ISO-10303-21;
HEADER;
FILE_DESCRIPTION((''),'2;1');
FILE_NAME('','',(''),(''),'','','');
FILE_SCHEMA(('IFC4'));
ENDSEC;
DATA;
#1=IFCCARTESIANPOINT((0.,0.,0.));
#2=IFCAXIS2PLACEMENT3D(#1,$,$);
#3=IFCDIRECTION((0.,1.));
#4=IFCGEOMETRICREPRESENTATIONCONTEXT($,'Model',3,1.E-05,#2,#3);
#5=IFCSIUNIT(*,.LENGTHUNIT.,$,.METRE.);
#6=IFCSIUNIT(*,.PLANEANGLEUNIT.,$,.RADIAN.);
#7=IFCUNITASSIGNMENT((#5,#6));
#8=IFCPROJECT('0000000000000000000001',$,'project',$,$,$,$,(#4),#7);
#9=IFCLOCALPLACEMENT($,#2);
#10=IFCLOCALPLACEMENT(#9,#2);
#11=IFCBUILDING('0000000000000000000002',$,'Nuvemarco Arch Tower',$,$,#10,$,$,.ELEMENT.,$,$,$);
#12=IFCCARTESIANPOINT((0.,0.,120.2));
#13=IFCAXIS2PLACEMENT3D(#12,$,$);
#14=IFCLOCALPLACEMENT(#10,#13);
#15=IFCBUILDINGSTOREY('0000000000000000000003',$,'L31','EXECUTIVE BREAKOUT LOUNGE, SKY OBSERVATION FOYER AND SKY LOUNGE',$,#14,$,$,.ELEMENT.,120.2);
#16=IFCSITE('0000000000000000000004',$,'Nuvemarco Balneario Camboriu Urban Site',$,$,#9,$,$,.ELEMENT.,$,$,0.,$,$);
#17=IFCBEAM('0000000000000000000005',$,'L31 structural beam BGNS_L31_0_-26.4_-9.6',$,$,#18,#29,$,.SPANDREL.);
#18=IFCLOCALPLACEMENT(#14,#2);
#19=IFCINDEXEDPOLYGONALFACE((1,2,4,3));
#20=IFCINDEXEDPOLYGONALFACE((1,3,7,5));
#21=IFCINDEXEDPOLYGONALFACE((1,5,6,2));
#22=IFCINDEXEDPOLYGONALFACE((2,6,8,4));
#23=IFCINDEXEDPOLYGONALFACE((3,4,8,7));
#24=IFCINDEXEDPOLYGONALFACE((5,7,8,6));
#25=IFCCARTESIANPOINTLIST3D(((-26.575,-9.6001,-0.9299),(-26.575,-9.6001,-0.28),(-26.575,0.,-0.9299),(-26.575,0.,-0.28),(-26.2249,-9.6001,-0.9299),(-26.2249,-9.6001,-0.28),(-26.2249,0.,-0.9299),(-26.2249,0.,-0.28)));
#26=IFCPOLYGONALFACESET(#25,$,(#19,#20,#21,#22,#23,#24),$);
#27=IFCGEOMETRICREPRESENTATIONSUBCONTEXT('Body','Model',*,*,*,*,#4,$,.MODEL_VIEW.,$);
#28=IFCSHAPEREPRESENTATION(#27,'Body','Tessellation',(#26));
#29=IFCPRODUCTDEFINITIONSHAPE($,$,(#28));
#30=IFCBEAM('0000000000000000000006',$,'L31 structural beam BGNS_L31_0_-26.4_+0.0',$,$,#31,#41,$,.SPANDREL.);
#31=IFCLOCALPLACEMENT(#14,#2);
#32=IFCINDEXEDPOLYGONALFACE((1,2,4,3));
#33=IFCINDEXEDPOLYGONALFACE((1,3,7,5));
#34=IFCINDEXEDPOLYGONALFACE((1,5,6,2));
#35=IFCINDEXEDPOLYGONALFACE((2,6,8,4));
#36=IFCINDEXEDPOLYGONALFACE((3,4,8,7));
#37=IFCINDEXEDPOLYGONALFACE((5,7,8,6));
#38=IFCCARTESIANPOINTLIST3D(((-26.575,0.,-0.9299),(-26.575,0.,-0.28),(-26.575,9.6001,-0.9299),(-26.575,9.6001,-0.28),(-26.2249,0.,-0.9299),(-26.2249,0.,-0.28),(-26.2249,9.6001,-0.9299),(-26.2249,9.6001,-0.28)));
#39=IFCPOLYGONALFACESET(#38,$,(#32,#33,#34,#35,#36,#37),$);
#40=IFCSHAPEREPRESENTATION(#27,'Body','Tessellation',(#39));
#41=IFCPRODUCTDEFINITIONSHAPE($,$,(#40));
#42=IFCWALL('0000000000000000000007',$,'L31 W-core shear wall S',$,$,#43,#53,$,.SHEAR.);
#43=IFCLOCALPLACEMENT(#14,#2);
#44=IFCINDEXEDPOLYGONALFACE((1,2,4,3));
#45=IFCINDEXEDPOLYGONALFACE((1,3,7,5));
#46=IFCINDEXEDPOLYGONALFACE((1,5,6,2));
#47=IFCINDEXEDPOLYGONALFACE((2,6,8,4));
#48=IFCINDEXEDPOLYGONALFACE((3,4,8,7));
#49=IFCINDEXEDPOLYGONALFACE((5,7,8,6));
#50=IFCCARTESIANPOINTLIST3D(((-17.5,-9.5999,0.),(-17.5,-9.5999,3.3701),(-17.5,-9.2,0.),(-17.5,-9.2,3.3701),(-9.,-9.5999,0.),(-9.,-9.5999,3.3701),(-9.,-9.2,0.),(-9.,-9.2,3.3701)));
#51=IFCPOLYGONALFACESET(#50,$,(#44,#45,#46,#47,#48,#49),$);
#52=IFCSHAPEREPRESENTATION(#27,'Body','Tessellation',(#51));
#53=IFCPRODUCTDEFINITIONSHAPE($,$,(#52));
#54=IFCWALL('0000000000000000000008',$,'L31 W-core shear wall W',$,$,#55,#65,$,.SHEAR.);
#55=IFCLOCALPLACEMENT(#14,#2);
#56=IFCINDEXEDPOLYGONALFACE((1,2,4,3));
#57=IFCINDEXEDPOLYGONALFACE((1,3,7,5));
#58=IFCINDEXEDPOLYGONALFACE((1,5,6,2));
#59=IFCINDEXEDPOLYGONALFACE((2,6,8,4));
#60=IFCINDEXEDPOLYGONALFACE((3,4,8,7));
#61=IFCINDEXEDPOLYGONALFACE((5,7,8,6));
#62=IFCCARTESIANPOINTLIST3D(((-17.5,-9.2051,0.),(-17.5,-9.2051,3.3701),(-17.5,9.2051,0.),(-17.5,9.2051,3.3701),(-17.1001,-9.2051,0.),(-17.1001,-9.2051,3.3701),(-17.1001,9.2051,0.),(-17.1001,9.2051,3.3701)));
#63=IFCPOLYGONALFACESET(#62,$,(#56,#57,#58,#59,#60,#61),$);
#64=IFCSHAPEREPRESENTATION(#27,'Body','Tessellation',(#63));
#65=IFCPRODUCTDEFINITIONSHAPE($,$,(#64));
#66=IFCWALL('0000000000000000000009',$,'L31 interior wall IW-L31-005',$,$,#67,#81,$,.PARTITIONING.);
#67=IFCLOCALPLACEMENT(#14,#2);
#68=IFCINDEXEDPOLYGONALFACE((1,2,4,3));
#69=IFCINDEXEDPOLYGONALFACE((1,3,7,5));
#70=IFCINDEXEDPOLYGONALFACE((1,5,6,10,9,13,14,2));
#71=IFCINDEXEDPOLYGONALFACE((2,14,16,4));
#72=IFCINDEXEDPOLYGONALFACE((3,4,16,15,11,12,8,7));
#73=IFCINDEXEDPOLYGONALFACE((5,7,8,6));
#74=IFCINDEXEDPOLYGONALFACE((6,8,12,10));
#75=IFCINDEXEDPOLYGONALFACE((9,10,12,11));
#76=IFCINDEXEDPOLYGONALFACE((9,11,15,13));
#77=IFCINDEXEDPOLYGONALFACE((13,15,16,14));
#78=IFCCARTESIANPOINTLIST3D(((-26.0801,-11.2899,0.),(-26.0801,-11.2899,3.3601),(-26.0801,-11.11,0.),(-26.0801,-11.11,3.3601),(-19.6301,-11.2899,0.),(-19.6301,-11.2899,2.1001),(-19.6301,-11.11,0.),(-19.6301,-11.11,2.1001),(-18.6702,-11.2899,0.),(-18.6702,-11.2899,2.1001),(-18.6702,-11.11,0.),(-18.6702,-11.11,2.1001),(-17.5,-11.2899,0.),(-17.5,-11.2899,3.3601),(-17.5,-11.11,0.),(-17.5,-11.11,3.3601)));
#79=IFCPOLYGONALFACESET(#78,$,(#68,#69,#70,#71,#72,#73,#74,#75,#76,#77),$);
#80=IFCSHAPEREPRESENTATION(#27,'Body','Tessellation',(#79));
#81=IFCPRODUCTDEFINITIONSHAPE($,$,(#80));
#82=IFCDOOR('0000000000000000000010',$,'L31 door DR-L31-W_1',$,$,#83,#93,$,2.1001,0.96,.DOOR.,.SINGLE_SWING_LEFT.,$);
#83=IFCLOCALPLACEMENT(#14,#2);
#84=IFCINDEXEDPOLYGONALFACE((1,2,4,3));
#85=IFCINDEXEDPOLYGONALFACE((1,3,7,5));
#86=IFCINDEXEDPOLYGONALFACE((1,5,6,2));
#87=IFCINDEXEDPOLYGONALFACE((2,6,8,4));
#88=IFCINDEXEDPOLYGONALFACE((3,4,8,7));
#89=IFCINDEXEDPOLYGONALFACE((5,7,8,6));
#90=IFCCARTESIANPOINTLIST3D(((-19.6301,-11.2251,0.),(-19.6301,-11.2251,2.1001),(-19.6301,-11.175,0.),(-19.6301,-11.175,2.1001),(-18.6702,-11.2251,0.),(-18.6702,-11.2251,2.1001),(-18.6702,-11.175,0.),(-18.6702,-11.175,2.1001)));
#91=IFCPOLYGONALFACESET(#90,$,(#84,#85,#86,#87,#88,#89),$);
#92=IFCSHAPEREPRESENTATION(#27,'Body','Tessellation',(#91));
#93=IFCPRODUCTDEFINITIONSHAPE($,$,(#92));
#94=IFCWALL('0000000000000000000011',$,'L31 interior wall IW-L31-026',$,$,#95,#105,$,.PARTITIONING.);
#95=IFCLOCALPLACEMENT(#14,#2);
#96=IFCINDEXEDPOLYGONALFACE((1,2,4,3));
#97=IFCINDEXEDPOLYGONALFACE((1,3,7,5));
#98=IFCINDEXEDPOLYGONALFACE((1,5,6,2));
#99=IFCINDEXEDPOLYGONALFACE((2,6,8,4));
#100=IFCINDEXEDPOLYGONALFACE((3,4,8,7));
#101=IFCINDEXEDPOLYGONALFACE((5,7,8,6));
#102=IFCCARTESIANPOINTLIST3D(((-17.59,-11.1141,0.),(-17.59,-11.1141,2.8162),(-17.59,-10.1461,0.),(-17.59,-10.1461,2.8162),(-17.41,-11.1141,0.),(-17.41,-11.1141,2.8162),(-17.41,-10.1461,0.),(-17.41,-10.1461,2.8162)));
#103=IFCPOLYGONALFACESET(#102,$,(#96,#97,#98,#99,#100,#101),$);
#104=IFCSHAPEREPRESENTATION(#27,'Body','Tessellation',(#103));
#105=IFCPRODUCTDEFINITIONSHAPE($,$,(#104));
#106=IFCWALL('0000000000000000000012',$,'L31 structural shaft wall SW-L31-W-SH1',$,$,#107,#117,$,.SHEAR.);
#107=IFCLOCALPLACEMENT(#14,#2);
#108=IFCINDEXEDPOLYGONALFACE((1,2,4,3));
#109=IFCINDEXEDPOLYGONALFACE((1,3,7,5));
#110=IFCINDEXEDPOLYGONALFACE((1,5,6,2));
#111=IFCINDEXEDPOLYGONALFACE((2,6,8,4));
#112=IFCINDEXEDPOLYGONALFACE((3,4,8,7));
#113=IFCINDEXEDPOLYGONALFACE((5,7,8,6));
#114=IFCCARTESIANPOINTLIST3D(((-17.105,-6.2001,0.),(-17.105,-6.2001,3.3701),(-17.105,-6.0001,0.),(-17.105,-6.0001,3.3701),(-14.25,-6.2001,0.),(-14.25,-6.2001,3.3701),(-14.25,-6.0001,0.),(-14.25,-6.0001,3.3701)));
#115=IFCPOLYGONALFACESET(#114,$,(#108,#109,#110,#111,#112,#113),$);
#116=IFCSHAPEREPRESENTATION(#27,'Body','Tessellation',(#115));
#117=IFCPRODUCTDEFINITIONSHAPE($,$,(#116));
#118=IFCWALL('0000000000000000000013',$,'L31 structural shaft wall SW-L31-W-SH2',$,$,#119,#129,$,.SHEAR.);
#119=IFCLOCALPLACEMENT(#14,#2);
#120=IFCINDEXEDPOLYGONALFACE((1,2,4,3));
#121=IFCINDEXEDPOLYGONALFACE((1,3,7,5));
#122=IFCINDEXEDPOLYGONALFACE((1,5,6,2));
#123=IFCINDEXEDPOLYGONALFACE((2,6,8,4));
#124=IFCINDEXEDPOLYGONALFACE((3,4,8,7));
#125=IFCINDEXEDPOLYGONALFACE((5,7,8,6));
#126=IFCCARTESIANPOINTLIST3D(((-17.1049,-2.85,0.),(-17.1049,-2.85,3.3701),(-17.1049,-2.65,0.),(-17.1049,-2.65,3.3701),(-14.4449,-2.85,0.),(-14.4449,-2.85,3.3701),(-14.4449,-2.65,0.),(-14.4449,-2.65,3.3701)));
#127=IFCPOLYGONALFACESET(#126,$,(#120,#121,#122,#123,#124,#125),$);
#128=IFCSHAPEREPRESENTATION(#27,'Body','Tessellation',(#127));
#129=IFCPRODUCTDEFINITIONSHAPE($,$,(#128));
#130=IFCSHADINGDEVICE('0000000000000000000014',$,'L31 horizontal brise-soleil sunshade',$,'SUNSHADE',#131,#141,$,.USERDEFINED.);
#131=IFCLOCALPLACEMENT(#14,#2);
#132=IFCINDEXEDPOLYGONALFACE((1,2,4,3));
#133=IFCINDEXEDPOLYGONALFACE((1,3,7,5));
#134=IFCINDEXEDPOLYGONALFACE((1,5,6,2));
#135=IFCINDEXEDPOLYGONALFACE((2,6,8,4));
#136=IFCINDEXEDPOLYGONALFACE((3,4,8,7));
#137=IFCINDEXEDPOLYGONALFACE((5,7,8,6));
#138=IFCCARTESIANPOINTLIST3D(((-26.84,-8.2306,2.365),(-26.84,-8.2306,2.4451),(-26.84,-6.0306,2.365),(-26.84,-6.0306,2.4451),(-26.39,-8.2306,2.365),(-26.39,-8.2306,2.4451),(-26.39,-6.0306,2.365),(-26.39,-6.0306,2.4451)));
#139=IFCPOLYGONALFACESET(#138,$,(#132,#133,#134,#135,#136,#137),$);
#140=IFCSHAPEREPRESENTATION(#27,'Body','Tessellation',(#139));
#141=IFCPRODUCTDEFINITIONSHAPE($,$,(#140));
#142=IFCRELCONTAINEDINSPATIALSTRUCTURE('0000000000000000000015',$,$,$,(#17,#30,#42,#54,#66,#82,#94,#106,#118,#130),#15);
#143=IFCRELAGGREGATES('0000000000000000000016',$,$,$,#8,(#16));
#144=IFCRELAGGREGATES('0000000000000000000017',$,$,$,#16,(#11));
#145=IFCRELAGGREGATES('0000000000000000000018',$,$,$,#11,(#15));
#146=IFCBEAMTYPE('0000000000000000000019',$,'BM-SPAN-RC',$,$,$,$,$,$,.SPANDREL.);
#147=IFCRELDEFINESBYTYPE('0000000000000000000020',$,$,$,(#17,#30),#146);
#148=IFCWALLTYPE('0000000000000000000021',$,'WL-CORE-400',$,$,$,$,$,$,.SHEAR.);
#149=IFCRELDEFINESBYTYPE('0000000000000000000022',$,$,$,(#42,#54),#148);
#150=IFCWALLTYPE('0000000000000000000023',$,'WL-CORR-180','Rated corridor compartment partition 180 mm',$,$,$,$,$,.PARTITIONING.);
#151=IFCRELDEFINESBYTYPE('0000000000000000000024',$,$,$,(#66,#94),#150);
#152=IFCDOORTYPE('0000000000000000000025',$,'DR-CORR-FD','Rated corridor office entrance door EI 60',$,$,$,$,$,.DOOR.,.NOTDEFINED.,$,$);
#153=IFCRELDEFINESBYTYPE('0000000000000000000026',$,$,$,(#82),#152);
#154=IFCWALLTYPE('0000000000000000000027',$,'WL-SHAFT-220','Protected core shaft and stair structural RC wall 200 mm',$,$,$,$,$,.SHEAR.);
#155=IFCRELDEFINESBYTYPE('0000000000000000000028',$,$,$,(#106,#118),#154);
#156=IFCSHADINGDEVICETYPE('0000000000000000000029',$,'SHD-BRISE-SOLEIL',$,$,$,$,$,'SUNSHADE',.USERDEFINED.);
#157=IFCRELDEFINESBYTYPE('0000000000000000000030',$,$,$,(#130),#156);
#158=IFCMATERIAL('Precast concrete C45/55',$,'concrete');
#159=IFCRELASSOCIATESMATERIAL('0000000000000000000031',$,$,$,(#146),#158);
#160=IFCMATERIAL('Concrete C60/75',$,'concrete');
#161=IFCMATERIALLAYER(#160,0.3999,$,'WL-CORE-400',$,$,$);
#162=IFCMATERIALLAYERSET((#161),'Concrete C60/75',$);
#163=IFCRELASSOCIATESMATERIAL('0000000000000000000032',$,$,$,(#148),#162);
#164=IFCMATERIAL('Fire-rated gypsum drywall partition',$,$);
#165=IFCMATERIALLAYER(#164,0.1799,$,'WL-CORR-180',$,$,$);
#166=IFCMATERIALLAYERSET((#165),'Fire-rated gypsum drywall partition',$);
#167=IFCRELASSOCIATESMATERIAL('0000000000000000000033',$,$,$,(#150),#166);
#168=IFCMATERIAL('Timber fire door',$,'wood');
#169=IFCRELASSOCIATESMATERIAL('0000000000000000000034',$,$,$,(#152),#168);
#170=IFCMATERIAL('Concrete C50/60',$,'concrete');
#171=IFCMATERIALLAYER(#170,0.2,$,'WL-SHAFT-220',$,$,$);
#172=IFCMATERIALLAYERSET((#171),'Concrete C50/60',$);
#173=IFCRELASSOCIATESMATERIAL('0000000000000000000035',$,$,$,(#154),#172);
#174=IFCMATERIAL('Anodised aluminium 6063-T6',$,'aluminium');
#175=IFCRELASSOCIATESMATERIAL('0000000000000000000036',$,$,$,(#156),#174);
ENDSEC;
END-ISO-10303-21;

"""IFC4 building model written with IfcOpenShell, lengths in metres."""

from ifc_helpers import new_model, si_unit, direction, frame, frame_2d, origin, origin_2d, place, context, subcontext, project, spatial, rectangle, extrude, source, transform, mapped, material, layer, layer_set, material_profile, profile_set, type_object, type_shapes, element, fill, save


model = new_model("IFC4")

# Units and contexts
model_context = context("Model", 3, precision=1e-05, world=origin(), true_north=direction((0.0, 1.0)))
body_context = subcontext(model_context, "Body", "Model", "MODEL_VIEW")
ifc_project = project(units=[si_unit("LENGTHUNIT", "METRE"), si_unit("PLANEANGLEUNIT", "RADIAN")], contexts=[model_context])

# Site, building, storey
site_placement = place(None, origin())
site = spatial("IfcSite", under=ifc_project, at=site_placement, Name="Nuvemarco Balneario Camboriu Urban Site", CompositionType="ELEMENT", RefElevation=0.0)
building_placement = place(site_placement, origin())
building = spatial("IfcBuilding", under=site, at=building_placement, Name="Nuvemarco Arch Tower", CompositionType="ELEMENT")
storey_placement = place(building_placement, frame((0.0, 0.0, 120.2)))
storey = spatial("IfcBuildingStorey", under=building, at=storey_placement, Name="L31", Description="EXECUTIVE BREAKOUT LOUNGE, SKY OBSERVATION FOYER AND SKY LOUNGE", CompositionType="ELEMENT", Elevation=120.2)

# Shared definitions
ifc_material_1 = material(Name="Concrete C60/75", Category="concrete")

# Beams
ifc_material_2 = material(Name="Precast concrete C45/55", Category="concrete")
ifc_material_profile_1 = material_profile(ifc_material_2, rectangle(XDim=0.3501, YDim=0.6499, at=origin_2d()), Name="PC-SP-350x650")
ifc_profile_set_1 = profile_set([ifc_material_profile_1], Name="Precast concrete C45/55")
beam_type_1 = type_object("IfcBeamType", Name="BM-SPAN-RC", PredefinedType="SPANDREL", material=ifc_profile_set_1)
for number, where, z_axis, x_axis, name in (
    (1, (-26.3999, -9.6001, -0.605), (0.0, 1.0, 0.0), (-1.0, 0.0, 0.0), "L31 structural beam BGNS_L31_0_-26.4_-9.6"),
    (2, (-26.3999, 0.0, -0.605), (0.0, 1.0, 0.0), (-1.0, 0.0, 0.0), "L31 structural beam BGNS_L31_0_-26.4_+0.0"),
):
    element("IfcBeam", number, at=place(storey_placement, frame(where, z_axis=z_axis, x_axis=x_axis)), inside=storey, type_object=beam_type_1, Name=name, PredefinedType="SPANDREL", context=body_context, shape_type="SweptSolid", body=[
        extrude(rectangle(XDim=0.3501, YDim=0.6499, at=origin_2d()), origin(), (0.0, 0.0, 1.0), 9.6001),
    ])

# Shared definitions
ifc_material_3 = material(Name="Anodised aluminium 6063-T6", Category="aluminium")

# Walls
ifc_layer_1 = layer(ifc_material_1, 0.3999, Name="WL-CORE-400")
ifc_layer_set_1 = layer_set([ifc_layer_1], Name="Concrete C60/75")
wall_type_1 = type_object("IfcWallType", Name="WL-CORE-400", PredefinedType="SHEAR", material=ifc_layer_set_1)
wall_1_placement = place(storey_placement, frame((-17.5, -9.3999, 0.0), z_axis=(0.0, 0.0, 1.0), x_axis=(1.0, 0.0, 0.0)))
element("IfcWall", 3, at=wall_1_placement, inside=storey, type_object=wall_type_1, Name="L31 W-core shear wall S", PredefinedType="SHEAR", context=body_context, shape_type="SweptSolid", body=[
    extrude(rectangle(XDim=8.5, YDim=0.3999, at=frame_2d((4.25, 0.0))), origin(), (0.0, 0.0, 1.0), 3.3701),
])
wall_2_placement = place(storey_placement, frame((-17.3, -9.2051, 0.0), z_axis=(0.0, 0.0, 1.0), x_axis=(0.0, 1.0, 0.0)))
element("IfcWall", 4, at=wall_2_placement, inside=storey, type_object=wall_type_1, Name="L31 W-core shear wall W", PredefinedType="SHEAR", context=body_context, shape_type="SweptSolid", body=[
    extrude(rectangle(XDim=18.4102, YDim=0.3999, at=frame_2d((9.2051, 0.0))), origin(), (0.0, 0.0, 1.0), 3.3701),
])

# Wall, opening, door
ifc_material_4 = material(Name="Fire-rated gypsum drywall partition")
ifc_layer_2 = layer(ifc_material_4, 0.1799, Name="WL-CORR-180")
ifc_layer_set_2 = layer_set([ifc_layer_2], Name="Fire-rated gypsum drywall partition")
wall_type_2 = type_object("IfcWallType", Name="WL-CORR-180", Description="Rated corridor compartment partition 180 mm", PredefinedType="PARTITIONING", material=ifc_layer_set_2)
wall_3_placement = place(storey_placement, frame((-26.0801, -11.2, 0.0), z_axis=(0.0, 0.0, 1.0), x_axis=(1.0, 0.0, 0.0)))
wall_3 = element("IfcWall", 5, at=wall_3_placement, inside=storey, type_object=wall_type_2, Name="L31 interior wall IW-L31-005", PredefinedType="PARTITIONING", context=body_context, shape_type="SweptSolid", body=[
    extrude(rectangle(XDim=8.5801, YDim=0.1799, at=frame_2d((4.29, 0.0))), origin(), (0.0, 0.0, 1.0), 3.3601),
])
opening_placement = place(wall_3_placement, frame((6.45, 0.0, 0.0)))
opening = element("IfcOpeningElement", 6, at=opening_placement, cuts=wall_3, PredefinedType="OPENING", context=body_context, shape_type="SweptSolid", body=[
    extrude(rectangle(XDim=0.96, YDim=2.1001, at=frame_2d((0.48, 1.05))), frame((0.0, 0.0999, 0.0), z_axis=(0.0, -1.0, 0.0), x_axis=(1.0, 0.0, 0.0)), (0.0, 0.0, 1.0), 0.2),
])
ifc_material_5 = material(Name="Timber fire door", Category="wood")
door_type = type_object("IfcDoorType", Name="DR-CORR-FD", Description="Rated corridor office entrance door EI 60", OperationType="NOTDEFINED", PredefinedType="DOOR", material=ifc_material_5)
shared_shape_1 = source(origin(), body_context, "Body", "SweptSolid", [
    extrude(rectangle(XDim=0.96, YDim=2.1001, at=frame_2d((0.48, 1.05))), frame((0.0, 0.0249, 0.0), z_axis=(0.0, -1.0, 0.0), x_axis=(1.0, 0.0, 0.0)), (0.0, 0.0, 1.0), 0.05),
])
type_shapes(door_type, [shared_shape_1])
door_placement = place(opening_placement, origin())
door = element("IfcDoor", 7, at=door_placement, inside=storey, type_object=door_type, Name="L31 door DR-L31-W_1", OperationType="SINGLE_SWING_LEFT", OverallHeight=2.1001, OverallWidth=0.96, PredefinedType="DOOR", context=body_context, shape_type="MappedRepresentation", body=[
    mapped(shared_shape_1, transform((0.0, 0.0, 0.0), scale=1.0)),
])
fill(opening, door)

# Walls
wall_4_placement = place(storey_placement, frame((-17.5, -11.114, 0.0), z_axis=(0.0, 0.0, 1.0), x_axis=(0.0, 1.0, 0.0)))
element("IfcWall", 8, at=wall_4_placement, inside=storey, type_object=wall_type_2, Name="L31 interior wall IW-L31-026", PredefinedType="PARTITIONING", context=body_context, shape_type="SweptSolid", body=[
    extrude(rectangle(XDim=0.968, YDim=0.1799, at=frame_2d((0.4839, 0.0))), origin(), (0.0, 0.0, 1.0), 2.8162),
])
ifc_material_6 = material(Name="Concrete C50/60", Category="concrete")
ifc_layer_3 = layer(ifc_material_6, 0.2, Name="WL-SHAFT-220")
ifc_layer_set_3 = layer_set([ifc_layer_3], Name="Concrete C50/60")
wall_type_3 = type_object("IfcWallType", Name="WL-SHAFT-220", Description="Protected core shaft and stair structural RC wall 200 mm", PredefinedType="SHEAR", material=ifc_layer_set_3)
wall_5_placement = place(storey_placement, frame((-17.105, -6.1001, 0.0), z_axis=(0.0, 0.0, 1.0), x_axis=(1.0, 0.0, 0.0)))
element("IfcWall", 9, at=wall_5_placement, inside=storey, type_object=wall_type_3, Name="L31 structural shaft wall SW-L31-W-SH1", PredefinedType="SHEAR", context=body_context, shape_type="SweptSolid", body=[
    extrude(rectangle(XDim=2.855, YDim=0.2, at=frame_2d((1.4275, 0.0))), origin(), (0.0, 0.0, 1.0), 3.3701),
])
wall_6_placement = place(storey_placement, frame((-17.105, -2.75, 0.0), z_axis=(0.0, 0.0, 1.0), x_axis=(1.0, 0.0, 0.0)))
element("IfcWall", 10, at=wall_6_placement, inside=storey, type_object=wall_type_3, Name="L31 structural shaft wall SW-L31-W-SH2", PredefinedType="SHEAR", context=body_context, shape_type="SweptSolid", body=[
    extrude(rectangle(XDim=2.6599, YDim=0.2, at=frame_2d((1.3301, 0.0))), origin(), (0.0, 0.0, 1.0), 3.3701),
])

# Shading device
shading_device_type = type_object("IfcShadingDeviceType", Name="SHD-BRISE-SOLEIL", ElementType="SUNSHADE", PredefinedType="USERDEFINED", material=ifc_material_3)
shared_shape_2 = source(origin(), body_context, "Body", "SweptSolid", [
    extrude(rectangle(XDim=2.2, YDim=0.45, at=origin_2d()), origin(), (0.0, 0.0, 1.0), 0.0801),
])
type_shapes(shading_device_type, [shared_shape_2])
shading_device_placement = place(storey_placement, frame((-26.615, -7.1306, 2.365), z_axis=(0.0, 0.0, 1.0), x_axis=(0.0, 1.0, 0.0)))
element("IfcShadingDevice", 11, at=shading_device_placement, inside=storey, type_object=shading_device_type, Name="L31 horizontal brise-soleil sunshade", ObjectType="SUNSHADE", PredefinedType="USERDEFINED", context=body_context, shape_type="MappedRepresentation", body=[
    mapped(shared_shape_2, transform((0.0, 0.0, 0.0), scale=1.0)),
])

save(model, "model.ifc")
